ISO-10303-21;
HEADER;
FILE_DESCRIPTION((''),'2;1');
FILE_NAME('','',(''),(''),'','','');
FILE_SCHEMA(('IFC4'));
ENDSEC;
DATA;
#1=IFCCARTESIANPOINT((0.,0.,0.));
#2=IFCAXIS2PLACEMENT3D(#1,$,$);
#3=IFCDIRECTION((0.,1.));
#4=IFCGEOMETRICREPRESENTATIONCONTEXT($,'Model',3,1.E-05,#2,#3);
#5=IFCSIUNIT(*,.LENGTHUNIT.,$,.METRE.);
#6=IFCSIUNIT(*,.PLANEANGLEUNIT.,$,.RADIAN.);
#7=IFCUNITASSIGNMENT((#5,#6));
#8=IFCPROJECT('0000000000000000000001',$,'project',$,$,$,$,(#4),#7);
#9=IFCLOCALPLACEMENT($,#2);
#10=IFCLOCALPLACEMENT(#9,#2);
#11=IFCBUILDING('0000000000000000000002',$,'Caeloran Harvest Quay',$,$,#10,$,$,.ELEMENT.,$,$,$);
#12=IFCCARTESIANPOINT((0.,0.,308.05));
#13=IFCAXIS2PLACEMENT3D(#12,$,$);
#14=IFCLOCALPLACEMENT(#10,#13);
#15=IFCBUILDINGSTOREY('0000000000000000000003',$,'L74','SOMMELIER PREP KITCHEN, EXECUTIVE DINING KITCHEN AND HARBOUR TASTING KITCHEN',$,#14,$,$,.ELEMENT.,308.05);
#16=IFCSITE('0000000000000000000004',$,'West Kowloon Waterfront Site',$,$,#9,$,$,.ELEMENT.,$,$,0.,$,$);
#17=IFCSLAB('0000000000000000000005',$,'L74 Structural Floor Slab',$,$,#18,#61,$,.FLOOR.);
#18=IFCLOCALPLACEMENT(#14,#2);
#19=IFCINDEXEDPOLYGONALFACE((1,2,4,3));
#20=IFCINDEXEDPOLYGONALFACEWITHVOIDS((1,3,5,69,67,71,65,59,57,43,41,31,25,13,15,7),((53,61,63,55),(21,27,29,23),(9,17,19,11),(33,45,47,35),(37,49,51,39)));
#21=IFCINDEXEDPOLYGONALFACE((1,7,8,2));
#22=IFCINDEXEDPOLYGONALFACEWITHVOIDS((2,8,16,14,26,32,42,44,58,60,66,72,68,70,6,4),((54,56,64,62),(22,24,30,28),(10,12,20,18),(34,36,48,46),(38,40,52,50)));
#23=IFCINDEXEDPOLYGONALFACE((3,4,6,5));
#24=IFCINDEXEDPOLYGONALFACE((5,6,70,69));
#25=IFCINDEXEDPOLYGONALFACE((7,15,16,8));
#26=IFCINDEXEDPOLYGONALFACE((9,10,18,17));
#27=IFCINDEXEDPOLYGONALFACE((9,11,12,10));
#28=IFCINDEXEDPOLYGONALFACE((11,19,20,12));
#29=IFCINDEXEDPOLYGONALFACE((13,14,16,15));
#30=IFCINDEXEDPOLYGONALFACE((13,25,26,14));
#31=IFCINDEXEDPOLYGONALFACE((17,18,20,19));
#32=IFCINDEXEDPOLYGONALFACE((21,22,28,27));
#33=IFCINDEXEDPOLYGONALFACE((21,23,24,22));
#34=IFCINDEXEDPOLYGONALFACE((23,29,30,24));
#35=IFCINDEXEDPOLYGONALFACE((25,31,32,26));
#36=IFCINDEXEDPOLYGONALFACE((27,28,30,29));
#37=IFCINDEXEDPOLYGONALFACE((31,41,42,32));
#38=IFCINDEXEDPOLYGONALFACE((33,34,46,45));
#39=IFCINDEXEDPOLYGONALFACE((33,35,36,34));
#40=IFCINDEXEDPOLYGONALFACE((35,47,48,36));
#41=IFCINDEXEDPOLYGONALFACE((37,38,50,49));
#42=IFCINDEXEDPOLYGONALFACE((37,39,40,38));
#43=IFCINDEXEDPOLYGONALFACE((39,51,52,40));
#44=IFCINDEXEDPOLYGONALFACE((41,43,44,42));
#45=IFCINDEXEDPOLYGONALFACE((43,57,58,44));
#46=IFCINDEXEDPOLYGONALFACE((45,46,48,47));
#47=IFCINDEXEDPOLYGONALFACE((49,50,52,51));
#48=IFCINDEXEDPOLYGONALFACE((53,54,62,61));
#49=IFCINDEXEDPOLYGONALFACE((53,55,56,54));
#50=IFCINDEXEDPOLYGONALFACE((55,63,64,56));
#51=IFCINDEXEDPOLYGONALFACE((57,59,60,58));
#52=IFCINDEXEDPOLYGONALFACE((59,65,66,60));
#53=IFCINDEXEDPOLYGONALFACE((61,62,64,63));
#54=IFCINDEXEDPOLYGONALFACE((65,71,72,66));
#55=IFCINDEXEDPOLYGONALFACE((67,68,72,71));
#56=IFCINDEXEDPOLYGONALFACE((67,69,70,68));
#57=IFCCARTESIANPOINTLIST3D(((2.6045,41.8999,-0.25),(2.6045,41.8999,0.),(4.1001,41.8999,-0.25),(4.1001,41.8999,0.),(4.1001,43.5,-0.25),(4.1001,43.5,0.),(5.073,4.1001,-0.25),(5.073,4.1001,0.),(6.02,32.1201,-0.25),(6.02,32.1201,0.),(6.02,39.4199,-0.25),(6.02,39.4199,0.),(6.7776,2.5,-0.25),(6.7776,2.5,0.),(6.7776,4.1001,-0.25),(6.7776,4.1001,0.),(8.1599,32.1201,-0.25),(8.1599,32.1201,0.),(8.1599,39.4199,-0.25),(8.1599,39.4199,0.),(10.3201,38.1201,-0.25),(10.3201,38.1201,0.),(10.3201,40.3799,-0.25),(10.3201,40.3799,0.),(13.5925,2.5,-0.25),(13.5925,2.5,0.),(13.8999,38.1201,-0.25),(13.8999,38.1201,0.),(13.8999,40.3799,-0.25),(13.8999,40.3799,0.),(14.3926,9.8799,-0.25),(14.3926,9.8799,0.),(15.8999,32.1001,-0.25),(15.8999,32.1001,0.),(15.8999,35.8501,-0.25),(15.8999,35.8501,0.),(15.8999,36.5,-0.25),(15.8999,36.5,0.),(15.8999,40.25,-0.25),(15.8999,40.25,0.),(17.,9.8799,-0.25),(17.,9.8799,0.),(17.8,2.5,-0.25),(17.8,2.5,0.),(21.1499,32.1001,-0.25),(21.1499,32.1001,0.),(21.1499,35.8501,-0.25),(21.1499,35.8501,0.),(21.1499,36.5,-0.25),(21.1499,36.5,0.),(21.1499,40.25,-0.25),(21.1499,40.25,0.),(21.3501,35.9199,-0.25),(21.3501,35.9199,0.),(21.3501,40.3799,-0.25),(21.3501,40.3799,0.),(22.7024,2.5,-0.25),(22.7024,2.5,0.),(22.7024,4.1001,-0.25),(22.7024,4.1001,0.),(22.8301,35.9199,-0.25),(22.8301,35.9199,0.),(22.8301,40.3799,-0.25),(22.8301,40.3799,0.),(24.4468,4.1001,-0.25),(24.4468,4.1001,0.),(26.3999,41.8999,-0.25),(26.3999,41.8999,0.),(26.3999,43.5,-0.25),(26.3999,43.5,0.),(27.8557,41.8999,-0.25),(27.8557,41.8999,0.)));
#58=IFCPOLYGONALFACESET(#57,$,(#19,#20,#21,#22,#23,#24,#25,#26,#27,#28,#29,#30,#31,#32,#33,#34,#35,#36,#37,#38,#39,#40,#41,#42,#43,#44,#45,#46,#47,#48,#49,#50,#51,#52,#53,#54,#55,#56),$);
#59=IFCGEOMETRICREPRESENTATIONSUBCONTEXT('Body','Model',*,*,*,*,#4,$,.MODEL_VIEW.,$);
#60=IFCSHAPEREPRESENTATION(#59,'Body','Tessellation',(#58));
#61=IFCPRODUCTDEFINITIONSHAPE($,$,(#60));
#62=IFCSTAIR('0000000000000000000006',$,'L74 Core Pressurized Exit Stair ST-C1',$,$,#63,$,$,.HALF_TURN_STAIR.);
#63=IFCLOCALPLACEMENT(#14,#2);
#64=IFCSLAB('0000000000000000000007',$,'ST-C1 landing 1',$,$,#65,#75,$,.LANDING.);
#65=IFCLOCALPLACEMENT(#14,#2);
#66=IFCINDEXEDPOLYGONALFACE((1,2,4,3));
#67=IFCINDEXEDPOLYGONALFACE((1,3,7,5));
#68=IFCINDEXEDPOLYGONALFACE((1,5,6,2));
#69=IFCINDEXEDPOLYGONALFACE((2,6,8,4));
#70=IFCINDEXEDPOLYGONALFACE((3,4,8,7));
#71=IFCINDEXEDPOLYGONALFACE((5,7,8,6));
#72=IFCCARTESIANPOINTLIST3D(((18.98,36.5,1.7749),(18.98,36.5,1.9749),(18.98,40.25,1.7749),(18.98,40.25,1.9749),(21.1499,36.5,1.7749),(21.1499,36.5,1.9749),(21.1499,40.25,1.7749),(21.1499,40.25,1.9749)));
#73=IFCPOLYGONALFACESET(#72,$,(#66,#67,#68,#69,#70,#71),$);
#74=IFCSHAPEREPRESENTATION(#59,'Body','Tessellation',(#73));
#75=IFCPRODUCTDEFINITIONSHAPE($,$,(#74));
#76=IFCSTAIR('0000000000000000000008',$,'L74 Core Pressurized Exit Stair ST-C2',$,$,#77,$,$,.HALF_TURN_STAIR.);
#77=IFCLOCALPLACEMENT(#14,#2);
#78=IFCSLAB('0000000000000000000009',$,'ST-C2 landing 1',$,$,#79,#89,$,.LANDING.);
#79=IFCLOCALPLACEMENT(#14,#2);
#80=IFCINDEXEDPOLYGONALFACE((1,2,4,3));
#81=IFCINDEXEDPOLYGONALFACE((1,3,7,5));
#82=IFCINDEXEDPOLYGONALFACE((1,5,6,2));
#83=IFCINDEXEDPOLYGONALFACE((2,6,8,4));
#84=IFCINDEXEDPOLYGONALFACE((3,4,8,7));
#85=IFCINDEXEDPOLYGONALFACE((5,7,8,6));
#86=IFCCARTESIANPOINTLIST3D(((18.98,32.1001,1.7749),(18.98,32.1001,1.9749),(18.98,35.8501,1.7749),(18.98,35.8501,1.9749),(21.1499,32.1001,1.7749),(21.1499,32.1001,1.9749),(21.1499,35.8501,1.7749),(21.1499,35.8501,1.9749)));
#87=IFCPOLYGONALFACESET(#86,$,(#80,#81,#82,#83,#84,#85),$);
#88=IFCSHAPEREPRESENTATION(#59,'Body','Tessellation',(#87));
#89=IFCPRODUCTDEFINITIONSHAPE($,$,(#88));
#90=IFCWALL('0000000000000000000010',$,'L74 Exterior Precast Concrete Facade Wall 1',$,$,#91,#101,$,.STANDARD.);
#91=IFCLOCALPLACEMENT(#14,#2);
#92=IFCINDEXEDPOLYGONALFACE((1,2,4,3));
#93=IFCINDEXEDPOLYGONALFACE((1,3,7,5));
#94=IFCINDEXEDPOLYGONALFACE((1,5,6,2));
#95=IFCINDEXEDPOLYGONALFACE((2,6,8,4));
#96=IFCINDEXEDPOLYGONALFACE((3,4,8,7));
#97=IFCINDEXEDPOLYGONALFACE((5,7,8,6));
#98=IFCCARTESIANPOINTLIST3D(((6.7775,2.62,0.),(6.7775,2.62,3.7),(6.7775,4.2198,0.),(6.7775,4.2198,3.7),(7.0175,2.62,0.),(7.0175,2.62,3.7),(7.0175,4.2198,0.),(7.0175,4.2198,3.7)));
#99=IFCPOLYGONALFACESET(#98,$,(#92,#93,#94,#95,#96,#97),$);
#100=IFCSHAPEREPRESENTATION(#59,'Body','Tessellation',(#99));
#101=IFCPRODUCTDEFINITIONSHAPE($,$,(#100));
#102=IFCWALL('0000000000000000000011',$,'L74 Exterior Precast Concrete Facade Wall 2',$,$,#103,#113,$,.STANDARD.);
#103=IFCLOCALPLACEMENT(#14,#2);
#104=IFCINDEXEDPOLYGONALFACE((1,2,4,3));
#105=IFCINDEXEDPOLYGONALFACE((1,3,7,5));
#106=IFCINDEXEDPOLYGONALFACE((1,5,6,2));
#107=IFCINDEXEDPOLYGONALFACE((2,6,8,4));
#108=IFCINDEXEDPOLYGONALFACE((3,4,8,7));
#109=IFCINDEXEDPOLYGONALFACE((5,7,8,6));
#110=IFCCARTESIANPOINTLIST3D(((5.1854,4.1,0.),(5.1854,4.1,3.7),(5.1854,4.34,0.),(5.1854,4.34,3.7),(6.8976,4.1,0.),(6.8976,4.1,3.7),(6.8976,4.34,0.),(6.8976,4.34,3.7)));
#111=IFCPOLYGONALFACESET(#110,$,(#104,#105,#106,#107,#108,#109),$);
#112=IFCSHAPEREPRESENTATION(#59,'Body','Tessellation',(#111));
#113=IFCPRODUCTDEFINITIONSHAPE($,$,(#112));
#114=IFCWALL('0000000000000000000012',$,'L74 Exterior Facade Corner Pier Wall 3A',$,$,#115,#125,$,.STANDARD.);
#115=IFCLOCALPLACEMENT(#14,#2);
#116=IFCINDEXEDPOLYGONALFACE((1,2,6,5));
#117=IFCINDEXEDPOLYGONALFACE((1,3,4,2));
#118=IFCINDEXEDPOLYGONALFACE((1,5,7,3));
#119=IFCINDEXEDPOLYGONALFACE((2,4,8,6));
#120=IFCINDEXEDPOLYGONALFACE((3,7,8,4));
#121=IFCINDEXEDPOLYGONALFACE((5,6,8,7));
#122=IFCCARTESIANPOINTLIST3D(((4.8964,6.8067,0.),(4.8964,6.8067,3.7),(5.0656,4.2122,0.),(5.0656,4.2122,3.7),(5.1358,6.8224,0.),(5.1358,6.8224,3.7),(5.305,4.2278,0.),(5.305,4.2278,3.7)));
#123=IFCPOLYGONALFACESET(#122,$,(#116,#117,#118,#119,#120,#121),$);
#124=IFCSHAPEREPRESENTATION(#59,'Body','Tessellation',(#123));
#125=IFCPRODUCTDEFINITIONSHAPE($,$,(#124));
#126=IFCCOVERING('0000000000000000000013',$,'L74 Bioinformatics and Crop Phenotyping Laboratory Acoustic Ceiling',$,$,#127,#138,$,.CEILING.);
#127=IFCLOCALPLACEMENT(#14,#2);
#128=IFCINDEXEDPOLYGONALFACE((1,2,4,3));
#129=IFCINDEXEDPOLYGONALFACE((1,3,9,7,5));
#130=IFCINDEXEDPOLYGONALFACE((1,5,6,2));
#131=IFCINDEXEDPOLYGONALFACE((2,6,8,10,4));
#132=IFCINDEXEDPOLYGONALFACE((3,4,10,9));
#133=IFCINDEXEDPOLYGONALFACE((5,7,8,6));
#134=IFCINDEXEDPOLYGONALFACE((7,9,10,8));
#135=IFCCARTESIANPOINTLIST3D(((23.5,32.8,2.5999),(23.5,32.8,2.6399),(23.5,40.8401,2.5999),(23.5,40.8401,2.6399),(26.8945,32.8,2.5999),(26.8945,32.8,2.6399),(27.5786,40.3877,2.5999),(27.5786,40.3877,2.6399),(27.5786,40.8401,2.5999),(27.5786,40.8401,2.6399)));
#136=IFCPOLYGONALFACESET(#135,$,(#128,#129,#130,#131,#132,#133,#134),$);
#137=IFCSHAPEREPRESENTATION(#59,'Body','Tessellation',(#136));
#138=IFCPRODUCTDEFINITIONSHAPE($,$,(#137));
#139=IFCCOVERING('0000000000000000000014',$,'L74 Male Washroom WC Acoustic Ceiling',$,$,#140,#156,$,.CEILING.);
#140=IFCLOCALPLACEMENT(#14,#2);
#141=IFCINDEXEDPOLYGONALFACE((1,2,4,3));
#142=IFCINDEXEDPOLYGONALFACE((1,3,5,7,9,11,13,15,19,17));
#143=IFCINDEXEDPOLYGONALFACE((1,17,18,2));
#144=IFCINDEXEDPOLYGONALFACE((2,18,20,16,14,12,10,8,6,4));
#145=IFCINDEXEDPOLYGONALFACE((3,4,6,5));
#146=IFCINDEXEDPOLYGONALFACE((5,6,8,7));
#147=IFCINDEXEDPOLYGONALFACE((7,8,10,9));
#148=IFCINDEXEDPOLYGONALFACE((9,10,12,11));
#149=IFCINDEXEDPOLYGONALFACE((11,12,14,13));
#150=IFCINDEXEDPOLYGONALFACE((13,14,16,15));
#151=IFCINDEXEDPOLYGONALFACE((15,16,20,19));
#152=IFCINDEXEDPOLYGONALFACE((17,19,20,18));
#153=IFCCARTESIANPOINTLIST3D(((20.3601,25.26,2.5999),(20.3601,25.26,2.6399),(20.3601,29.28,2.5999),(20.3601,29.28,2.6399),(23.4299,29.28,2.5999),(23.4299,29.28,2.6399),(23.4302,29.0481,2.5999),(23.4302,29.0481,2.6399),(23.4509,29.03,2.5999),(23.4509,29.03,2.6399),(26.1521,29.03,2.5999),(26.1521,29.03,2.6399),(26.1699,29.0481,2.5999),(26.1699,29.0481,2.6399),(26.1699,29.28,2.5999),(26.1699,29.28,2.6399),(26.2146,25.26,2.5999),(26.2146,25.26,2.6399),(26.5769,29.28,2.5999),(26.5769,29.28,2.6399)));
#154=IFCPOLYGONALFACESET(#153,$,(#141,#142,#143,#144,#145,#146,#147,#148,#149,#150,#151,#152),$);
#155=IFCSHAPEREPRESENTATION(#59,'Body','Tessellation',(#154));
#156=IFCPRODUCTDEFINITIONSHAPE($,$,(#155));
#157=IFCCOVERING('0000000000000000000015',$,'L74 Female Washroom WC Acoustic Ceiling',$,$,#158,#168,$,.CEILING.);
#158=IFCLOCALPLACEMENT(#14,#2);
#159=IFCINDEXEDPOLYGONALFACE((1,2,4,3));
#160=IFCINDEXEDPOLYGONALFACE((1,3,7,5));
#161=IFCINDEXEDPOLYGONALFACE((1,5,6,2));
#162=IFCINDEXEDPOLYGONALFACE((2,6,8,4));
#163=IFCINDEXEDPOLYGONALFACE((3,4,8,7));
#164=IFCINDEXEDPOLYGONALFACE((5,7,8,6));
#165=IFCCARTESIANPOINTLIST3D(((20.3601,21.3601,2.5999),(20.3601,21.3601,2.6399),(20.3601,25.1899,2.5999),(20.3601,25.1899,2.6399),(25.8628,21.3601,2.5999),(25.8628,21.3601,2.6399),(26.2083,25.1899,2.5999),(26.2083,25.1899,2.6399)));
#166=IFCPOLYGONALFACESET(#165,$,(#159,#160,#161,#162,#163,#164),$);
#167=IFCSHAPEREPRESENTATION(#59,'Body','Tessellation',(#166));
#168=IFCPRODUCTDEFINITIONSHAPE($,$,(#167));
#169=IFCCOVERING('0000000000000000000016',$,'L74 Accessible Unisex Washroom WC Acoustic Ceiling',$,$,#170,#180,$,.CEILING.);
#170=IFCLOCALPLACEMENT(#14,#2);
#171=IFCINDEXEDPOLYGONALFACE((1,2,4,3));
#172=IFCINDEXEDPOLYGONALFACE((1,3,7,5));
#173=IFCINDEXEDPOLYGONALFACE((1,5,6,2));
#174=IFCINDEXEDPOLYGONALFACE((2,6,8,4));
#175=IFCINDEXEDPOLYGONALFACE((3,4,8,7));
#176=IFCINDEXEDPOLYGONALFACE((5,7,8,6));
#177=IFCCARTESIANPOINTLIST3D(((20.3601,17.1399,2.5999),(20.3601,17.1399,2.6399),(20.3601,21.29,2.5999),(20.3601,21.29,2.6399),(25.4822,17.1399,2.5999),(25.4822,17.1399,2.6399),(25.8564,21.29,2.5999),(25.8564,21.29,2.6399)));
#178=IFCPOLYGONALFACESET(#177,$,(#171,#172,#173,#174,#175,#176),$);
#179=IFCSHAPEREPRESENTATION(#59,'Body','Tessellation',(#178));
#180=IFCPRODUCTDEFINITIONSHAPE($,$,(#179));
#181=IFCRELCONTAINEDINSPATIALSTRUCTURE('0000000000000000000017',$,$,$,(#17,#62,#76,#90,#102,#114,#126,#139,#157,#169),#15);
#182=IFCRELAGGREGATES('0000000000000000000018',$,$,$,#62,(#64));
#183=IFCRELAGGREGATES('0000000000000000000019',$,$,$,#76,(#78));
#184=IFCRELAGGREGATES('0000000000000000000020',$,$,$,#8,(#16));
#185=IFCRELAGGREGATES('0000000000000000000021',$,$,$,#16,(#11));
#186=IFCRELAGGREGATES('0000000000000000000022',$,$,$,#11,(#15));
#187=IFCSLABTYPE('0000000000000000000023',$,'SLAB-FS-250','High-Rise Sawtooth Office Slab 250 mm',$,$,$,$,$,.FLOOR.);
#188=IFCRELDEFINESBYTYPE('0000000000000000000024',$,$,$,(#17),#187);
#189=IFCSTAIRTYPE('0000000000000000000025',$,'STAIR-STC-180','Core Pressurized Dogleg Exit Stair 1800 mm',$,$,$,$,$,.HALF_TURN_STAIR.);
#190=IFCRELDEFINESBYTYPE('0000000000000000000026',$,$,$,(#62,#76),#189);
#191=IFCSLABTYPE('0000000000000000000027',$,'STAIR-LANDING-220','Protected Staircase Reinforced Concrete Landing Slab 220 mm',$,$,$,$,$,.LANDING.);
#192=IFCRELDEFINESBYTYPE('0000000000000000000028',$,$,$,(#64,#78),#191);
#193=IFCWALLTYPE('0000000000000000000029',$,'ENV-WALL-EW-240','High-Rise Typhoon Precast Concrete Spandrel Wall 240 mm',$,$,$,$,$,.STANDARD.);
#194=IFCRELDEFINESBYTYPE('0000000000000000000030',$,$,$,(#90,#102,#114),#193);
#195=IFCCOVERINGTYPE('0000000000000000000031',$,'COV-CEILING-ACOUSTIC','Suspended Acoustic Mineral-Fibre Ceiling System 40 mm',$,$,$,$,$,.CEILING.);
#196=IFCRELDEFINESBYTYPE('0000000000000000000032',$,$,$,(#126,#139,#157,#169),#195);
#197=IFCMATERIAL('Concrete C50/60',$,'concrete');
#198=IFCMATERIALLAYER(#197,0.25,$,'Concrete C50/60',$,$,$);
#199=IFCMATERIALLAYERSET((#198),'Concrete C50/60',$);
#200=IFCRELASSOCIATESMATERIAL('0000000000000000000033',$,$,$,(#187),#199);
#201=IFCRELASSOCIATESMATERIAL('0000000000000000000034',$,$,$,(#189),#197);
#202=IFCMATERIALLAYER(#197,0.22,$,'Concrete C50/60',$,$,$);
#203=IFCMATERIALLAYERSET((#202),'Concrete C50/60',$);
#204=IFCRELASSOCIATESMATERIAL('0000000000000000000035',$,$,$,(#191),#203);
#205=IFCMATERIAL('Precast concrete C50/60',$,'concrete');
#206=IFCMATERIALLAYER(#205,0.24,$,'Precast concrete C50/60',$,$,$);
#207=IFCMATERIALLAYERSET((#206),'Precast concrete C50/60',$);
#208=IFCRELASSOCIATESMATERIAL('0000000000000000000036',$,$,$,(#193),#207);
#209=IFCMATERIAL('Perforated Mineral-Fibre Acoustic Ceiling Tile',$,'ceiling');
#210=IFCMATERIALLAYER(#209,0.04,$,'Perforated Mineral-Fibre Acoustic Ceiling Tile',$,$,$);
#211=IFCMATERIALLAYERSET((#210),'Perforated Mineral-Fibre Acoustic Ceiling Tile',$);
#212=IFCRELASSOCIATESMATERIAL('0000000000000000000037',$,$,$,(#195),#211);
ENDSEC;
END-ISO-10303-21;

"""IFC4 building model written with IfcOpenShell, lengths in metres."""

from ifc_helpers import new_model, si_unit, direction, frame, frame_2d, origin, place, context, subcontext, project, spatial, polyline, rectangle, outline, extrude, material, layer, layer_set, type_object, element, aggregate, save


model = new_model("IFC4")

# Units and contexts
model_context = context("Model", 3, precision=1e-05, world=origin(), true_north=direction((0.0, 1.0)))
body_context = subcontext(model_context, "Body", "Model", "MODEL_VIEW")
ifc_project = project(units=[si_unit("LENGTHUNIT", "METRE"), si_unit("PLANEANGLEUNIT", "RADIAN")], contexts=[model_context])

# Site, building, storey
site_placement = place(None, origin())
site = spatial("IfcSite", under=ifc_project, at=site_placement, Name="West Kowloon Waterfront Site", CompositionType="ELEMENT", RefElevation=0.0)
building_placement = place(site_placement, origin())
building = spatial("IfcBuilding", under=site, at=building_placement, Name="Caeloran Harvest Quay", CompositionType="ELEMENT")
storey_placement = place(building_placement, frame((0.0, 0.0, 308.05)))
storey = spatial("IfcBuildingStorey", under=building, at=storey_placement, Name="L74", Description="SOMMELIER PREP KITCHEN, EXECUTIVE DINING KITCHEN AND HARBOUR TASTING KITCHEN", CompositionType="ELEMENT", Elevation=308.05)

# Slab
ifc_material_1 = material(Name="Concrete C50/60", Category="concrete")
ifc_layer_1 = layer(ifc_material_1, 0.25, Name="Concrete C50/60")
ifc_layer_set_1 = layer_set([ifc_layer_1], Name="Concrete C50/60")
slab_type_1 = type_object("IfcSlabType", Name="SLAB-FS-250", Description="High-Rise Sawtooth Office Slab 250 mm", PredefinedType="FLOOR", material=ifc_layer_set_1)
slab_1_placement = place(storey_placement, frame((0.0, 0.0, -0.25)))
element("IfcSlab", 1, at=slab_1_placement, inside=storey, type_object=slab_type_1, Name="L74 Structural Floor Slab", PredefinedType="FLOOR", context=body_context, shape_type="SweptSolid", body=[
    extrude(outline(polyline([(6.7776, 2.5), (13.5925, 2.5), (14.3926, 9.8799), (17.0, 9.8799), (17.8, 2.5), (22.7024, 2.5), (22.7024, 4.1001), (24.4468, 4.1001), (27.8557, 41.8999), (26.3999, 41.8999), (26.3999, 43.5), (4.1001, 43.5), (4.1001, 41.8999), (2.6045, 41.8999), (5.073, 4.1001), (6.7776, 4.1001), (6.7776, 2.5)]), holes=[polyline([(21.1499, 32.1001), (15.8999, 32.1001), (15.8999, 35.8501), (21.1499, 35.8501), (21.1499, 32.1001)]), polyline([(8.1599, 39.4199), (8.1599, 32.1201), (6.02, 32.1201), (6.02, 39.4199), (8.1599, 39.4199)]), polyline([(22.8301, 40.3799), (22.8301, 35.9199), (21.3501, 35.9199), (21.3501, 40.3799), (22.8301, 40.3799)]), polyline([(15.8999, 36.5), (15.8999, 40.25), (21.1499, 40.25), (21.1499, 36.5), (15.8999, 36.5)]), polyline([(13.8999, 38.1201), (10.3201, 38.1201), (10.3201, 40.3799), (13.8999, 40.3799), (13.8999, 38.1201)])]), origin(), (0.0, 0.0, 1.0), 0.25),
])

# Stairs, slabs
stair_type = type_object("IfcStairType", Name="STAIR-STC-180", Description="Core Pressurized Dogleg Exit Stair 1800 mm", PredefinedType="HALF_TURN_STAIR", material=ifc_material_1)
stair_1_placement = place(storey_placement, origin())
stair_1 = element("IfcStair", 2, at=stair_1_placement, inside=storey, type_object=stair_type, Name="L74 Core Pressurized Exit Stair ST-C1", PredefinedType="HALF_TURN_STAIR")
ifc_layer_2 = layer(ifc_material_1, 0.22, Name="Concrete C50/60")
ifc_layer_set_2 = layer_set([ifc_layer_2], Name="Concrete C50/60")
slab_type_2 = type_object("IfcSlabType", Name="STAIR-LANDING-220", Description="Protected Staircase Reinforced Concrete Landing Slab 220 mm", PredefinedType="LANDING", material=ifc_layer_set_2)
slab_2_placement = place(storey_placement, frame((0.0, 0.0, 1.7749)))
slab_2 = element("IfcSlab", 3, at=slab_2_placement, type_object=slab_type_2, Name="ST-C1 landing 1", PredefinedType="LANDING", context=body_context, shape_type="SweptSolid", body=[
    extrude(outline(polyline([(18.98, 36.5), (21.1499, 36.5), (21.1499, 40.25), (18.98, 40.25), (18.98, 36.5)])), origin(), (0.0, 0.0, 1.0), 0.2),
])
aggregate(stair_1, [slab_2])
stair_2_placement = place(storey_placement, origin())
stair_2 = element("IfcStair", 4, at=stair_2_placement, inside=storey, type_object=stair_type, Name="L74 Core Pressurized Exit Stair ST-C2", PredefinedType="HALF_TURN_STAIR")
slab_3_placement = place(storey_placement, frame((0.0, 0.0, 1.7749)))
slab_3 = element("IfcSlab", 5, at=slab_3_placement, type_object=slab_type_2, Name="ST-C2 landing 1", PredefinedType="LANDING", context=body_context, shape_type="SweptSolid", body=[
    extrude(outline(polyline([(18.98, 32.1001), (21.1499, 32.1001), (21.1499, 35.8501), (18.98, 35.8501), (18.98, 32.1001)])), origin(), (0.0, 0.0, 1.0), 0.2),
])
aggregate(stair_2, [slab_3])

# Walls
ifc_material_2 = material(Name="Precast concrete C50/60", Category="concrete")
ifc_layer_3 = layer(ifc_material_2, 0.24, Name="Precast concrete C50/60")
ifc_layer_set_3 = layer_set([ifc_layer_3], Name="Precast concrete C50/60")
wall_type = type_object("IfcWallType", Name="ENV-WALL-EW-240", Description="High-Rise Typhoon Precast Concrete Spandrel Wall 240 mm", PredefinedType="STANDARD", material=ifc_layer_set_3)
wall_1_placement = place(storey_placement, frame((6.8975, 2.6201, 0.0), z_axis=(0.0, 0.0, 1.0), x_axis=(0.0, 1.0, 0.0)))
element("IfcWall", 6, at=wall_1_placement, inside=storey, type_object=wall_type, Name="L74 Exterior Precast Concrete Facade Wall 1", PredefinedType="STANDARD", context=body_context, shape_type="SweptSolid", body=[
    extrude(rectangle(XDim=1.5999, YDim=0.24, at=frame_2d((0.7998, 0.0))), origin(), (0.0, 0.0, 1.0), 3.7),
])
wall_2_placement = place(storey_placement, frame((6.8975, 4.22, 0.0), z_axis=(0.0, 0.0, 1.0), x_axis=(-1.0, 0.0, 0.0)))
element("IfcWall", 7, at=wall_2_placement, inside=storey, type_object=wall_type, Name="L74 Exterior Precast Concrete Facade Wall 2", PredefinedType="STANDARD", context=body_context, shape_type="SweptSolid", body=[
    extrude(rectangle(XDim=1.7122, YDim=0.24, at=frame_2d((0.856, 0.0))), origin(), (0.0, 0.0, 1.0), 3.7),
])
wall_3_placement = place(storey_placement, frame((5.1853, 4.22, 0.0), z_axis=(0.0, 0.0, 1.0), x_axis=(-0.065073, 0.997881, 0.0)))
element("IfcWall", 8, at=wall_3_placement, inside=storey, type_object=wall_type, Name="L74 Exterior Facade Corner Pier Wall 3A", PredefinedType="STANDARD", context=body_context, shape_type="SweptSolid", body=[
    extrude(rectangle(XDim=2.6001, YDim=0.24, at=frame_2d((1.3, 0.0))), origin(), (0.0, 0.0, 1.0), 3.7),
])

# Coverings
ifc_material_3 = material(Name="Perforated Mineral-Fibre Acoustic Ceiling Tile", Category="ceiling")
ifc_layer_4 = layer(ifc_material_3, 0.04, Name="Perforated Mineral-Fibre Acoustic Ceiling Tile")
ifc_layer_set_4 = layer_set([ifc_layer_4], Name="Perforated Mineral-Fibre Acoustic Ceiling Tile")
covering_type_1 = type_object("IfcCoveringType", Name="COV-CEILING-ACOUSTIC", Description="Suspended Acoustic Mineral-Fibre Ceiling System 40 mm", PredefinedType="CEILING", material=ifc_layer_set_4)
covering_1_placement = place(storey_placement, frame((0.0, 0.0, 2.5999)))
element("IfcCovering", 9, at=covering_1_placement, inside=storey, type_object=covering_type_1, Name="L74 Bioinformatics and Crop Phenotyping Laboratory Acoustic Ceiling", PredefinedType="CEILING", context=body_context, shape_type="SweptSolid", body=[
    extrude(outline(polyline([(27.5786, 40.3877), (26.8945, 32.8), (23.5, 32.8), (23.5, 40.8401), (27.5786, 40.8401), (27.5786, 40.3877)])), origin(), (0.0, 0.0, 1.0), 0.04),
])
covering_2_placement = place(storey_placement, frame((0.0, 0.0, 2.5999)))
element("IfcCovering", 10, at=covering_2_placement, inside=storey, type_object=covering_type_1, Name="L74 Male Washroom WC Acoustic Ceiling", PredefinedType="CEILING", context=body_context, shape_type="SweptSolid", body=[
    extrude(outline(polyline([(23.4299, 29.28), (23.4302, 29.0481), (23.4509, 29.03), (26.1521, 29.03), (26.1699, 29.0481), (26.1699, 29.28), (26.5769, 29.28), (26.2146, 25.26), (20.3601, 25.26), (20.3601, 29.28), (23.4299, 29.28)])), origin(), (0.0, 0.0, 1.0), 0.04),
])
covering_3_placement = place(storey_placement, frame((0.0, 0.0, 2.5999)))
element("IfcCovering", 11, at=covering_3_placement, inside=storey, type_object=covering_type_1, Name="L74 Female Washroom WC Acoustic Ceiling", PredefinedType="CEILING", context=body_context, shape_type="SweptSolid", body=[
    extrude(outline(polyline([(26.2083, 25.1899), (25.8628, 21.3601), (20.3601, 21.3601), (20.3601, 25.1899), (26.2083, 25.1899)])), origin(), (0.0, 0.0, 1.0), 0.04),
])
covering_4_placement = place(storey_placement, frame((0.0, 0.0, 2.5999)))
element("IfcCovering", 12, at=covering_4_placement, inside=storey, type_object=covering_type_1, Name="L74 Accessible Unisex Washroom WC Acoustic Ceiling", PredefinedType="CEILING", context=body_context, shape_type="SweptSolid", body=[
    extrude(outline(polyline([(25.8564, 21.29), (25.4822, 17.1399), (20.3601, 17.1399), (20.3601, 21.29), (25.8564, 21.29)])), origin(), (0.0, 0.0, 1.0), 0.04),
])

save(model, "model.ifc")
